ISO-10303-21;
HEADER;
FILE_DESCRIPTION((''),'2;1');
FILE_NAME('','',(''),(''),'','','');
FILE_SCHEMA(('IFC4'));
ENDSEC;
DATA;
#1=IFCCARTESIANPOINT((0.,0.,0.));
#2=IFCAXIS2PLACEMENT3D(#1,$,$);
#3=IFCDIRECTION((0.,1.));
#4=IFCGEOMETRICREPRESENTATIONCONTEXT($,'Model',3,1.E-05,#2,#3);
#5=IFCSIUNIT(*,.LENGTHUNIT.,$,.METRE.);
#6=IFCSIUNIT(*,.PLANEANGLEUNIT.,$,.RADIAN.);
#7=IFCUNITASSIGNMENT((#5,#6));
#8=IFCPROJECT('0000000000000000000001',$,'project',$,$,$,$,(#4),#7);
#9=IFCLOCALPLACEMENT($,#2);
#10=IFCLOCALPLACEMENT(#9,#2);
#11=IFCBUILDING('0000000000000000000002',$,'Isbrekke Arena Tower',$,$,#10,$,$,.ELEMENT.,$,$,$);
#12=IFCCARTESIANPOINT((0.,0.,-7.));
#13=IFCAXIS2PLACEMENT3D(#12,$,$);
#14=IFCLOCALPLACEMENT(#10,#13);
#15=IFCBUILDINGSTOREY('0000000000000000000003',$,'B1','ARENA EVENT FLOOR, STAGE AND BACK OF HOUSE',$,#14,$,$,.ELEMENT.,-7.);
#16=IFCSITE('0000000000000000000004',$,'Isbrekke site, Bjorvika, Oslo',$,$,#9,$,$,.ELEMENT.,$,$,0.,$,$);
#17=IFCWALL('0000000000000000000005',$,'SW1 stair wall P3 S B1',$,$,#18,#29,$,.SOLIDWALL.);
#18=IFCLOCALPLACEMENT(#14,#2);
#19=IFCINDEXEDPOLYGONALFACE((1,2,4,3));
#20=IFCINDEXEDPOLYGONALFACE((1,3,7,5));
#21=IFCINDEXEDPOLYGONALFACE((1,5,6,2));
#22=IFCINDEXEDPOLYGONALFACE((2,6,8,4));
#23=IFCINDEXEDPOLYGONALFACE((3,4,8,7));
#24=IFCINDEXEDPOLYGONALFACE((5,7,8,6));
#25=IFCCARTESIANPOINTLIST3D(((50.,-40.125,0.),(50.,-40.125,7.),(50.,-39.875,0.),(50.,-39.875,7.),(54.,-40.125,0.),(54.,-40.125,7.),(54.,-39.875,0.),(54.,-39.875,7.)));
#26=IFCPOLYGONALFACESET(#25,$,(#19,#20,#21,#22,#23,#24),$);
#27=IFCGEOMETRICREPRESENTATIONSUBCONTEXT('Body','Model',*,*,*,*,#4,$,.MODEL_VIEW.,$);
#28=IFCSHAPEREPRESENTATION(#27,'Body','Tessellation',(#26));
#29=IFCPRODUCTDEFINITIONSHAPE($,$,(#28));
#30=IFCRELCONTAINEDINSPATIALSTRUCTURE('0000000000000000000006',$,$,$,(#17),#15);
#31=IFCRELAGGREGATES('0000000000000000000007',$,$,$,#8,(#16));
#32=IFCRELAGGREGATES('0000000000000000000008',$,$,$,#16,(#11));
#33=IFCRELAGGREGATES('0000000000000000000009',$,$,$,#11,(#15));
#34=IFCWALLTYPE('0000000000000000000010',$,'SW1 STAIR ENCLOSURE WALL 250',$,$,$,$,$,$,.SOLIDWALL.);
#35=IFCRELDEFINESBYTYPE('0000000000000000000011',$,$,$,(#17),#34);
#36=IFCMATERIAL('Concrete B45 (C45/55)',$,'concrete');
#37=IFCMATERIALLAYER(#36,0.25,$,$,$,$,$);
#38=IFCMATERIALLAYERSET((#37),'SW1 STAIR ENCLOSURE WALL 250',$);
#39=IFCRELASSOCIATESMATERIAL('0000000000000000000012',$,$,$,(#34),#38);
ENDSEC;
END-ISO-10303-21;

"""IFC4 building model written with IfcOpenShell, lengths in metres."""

from ifc_helpers import new_model, si_unit, direction, frame, frame_2d, origin, place, context, subcontext, project, spatial, rectangle, extrude, material, layer, layer_set, type_object, element, save


model = new_model("IFC4")

# Units and contexts
model_context = context("Model", 3, precision=1e-05, world=origin(), true_north=direction((0.0, 1.0)))
body_context = subcontext(model_context, "Body", "Model", "MODEL_VIEW")
ifc_project = project(units=[si_unit("LENGTHUNIT", "METRE"), si_unit("PLANEANGLEUNIT", "RADIAN")], contexts=[model_context])

# Site, building, storey
site_placement = place(None, origin())
site = spatial("IfcSite", under=ifc_project, at=site_placement, Name="Isbrekke site, Bjorvika, Oslo", CompositionType="ELEMENT", RefElevation=0.0)
building_placement = place(site_placement, origin())
building = spatial("IfcBuilding", under=site, at=building_placement, Name="Isbrekke Arena Tower", CompositionType="ELEMENT")
storey_placement = place(building_placement, frame((0.0, 0.0, -7.0)))
storey = spatial("IfcBuildingStorey", under=building, at=storey_placement, Name="B1", Description="ARENA EVENT FLOOR, STAGE AND BACK OF HOUSE", CompositionType="ELEMENT", Elevation=-7.0)

# Wall
ifc_material_1 = material(Name="Concrete B45 (C45/55)", Category="concrete")
ifc_layer_1 = layer(ifc_material_1, 0.25)
ifc_layer_set_1 = layer_set([ifc_layer_1], Name="SW1 STAIR ENCLOSURE WALL 250")
wall_type_1 = type_object("IfcWallType", Name="SW1 STAIR ENCLOSURE WALL 250", PredefinedType="SOLIDWALL", material=ifc_layer_set_1)
wall_1_placement = place(storey_placement, frame((50.0, -40.0, 0.0), z_axis=(0.0, 0.0, 1.0), x_axis=(1.0, 0.0, 0.0)))
element("IfcWall", 1, at=wall_1_placement, inside=storey, type_object=wall_type_1, Name="SW1 stair wall P3 S B1", PredefinedType="SOLIDWALL", context=body_context, shape_type="SweptSolid", body=[
    extrude(rectangle(XDim=4.0, YDim=0.25, at=frame_2d((2.0, 0.0))), origin(), (0.0, 0.0, 1.0), 7.0),
])

save(model, "model.ifc")
